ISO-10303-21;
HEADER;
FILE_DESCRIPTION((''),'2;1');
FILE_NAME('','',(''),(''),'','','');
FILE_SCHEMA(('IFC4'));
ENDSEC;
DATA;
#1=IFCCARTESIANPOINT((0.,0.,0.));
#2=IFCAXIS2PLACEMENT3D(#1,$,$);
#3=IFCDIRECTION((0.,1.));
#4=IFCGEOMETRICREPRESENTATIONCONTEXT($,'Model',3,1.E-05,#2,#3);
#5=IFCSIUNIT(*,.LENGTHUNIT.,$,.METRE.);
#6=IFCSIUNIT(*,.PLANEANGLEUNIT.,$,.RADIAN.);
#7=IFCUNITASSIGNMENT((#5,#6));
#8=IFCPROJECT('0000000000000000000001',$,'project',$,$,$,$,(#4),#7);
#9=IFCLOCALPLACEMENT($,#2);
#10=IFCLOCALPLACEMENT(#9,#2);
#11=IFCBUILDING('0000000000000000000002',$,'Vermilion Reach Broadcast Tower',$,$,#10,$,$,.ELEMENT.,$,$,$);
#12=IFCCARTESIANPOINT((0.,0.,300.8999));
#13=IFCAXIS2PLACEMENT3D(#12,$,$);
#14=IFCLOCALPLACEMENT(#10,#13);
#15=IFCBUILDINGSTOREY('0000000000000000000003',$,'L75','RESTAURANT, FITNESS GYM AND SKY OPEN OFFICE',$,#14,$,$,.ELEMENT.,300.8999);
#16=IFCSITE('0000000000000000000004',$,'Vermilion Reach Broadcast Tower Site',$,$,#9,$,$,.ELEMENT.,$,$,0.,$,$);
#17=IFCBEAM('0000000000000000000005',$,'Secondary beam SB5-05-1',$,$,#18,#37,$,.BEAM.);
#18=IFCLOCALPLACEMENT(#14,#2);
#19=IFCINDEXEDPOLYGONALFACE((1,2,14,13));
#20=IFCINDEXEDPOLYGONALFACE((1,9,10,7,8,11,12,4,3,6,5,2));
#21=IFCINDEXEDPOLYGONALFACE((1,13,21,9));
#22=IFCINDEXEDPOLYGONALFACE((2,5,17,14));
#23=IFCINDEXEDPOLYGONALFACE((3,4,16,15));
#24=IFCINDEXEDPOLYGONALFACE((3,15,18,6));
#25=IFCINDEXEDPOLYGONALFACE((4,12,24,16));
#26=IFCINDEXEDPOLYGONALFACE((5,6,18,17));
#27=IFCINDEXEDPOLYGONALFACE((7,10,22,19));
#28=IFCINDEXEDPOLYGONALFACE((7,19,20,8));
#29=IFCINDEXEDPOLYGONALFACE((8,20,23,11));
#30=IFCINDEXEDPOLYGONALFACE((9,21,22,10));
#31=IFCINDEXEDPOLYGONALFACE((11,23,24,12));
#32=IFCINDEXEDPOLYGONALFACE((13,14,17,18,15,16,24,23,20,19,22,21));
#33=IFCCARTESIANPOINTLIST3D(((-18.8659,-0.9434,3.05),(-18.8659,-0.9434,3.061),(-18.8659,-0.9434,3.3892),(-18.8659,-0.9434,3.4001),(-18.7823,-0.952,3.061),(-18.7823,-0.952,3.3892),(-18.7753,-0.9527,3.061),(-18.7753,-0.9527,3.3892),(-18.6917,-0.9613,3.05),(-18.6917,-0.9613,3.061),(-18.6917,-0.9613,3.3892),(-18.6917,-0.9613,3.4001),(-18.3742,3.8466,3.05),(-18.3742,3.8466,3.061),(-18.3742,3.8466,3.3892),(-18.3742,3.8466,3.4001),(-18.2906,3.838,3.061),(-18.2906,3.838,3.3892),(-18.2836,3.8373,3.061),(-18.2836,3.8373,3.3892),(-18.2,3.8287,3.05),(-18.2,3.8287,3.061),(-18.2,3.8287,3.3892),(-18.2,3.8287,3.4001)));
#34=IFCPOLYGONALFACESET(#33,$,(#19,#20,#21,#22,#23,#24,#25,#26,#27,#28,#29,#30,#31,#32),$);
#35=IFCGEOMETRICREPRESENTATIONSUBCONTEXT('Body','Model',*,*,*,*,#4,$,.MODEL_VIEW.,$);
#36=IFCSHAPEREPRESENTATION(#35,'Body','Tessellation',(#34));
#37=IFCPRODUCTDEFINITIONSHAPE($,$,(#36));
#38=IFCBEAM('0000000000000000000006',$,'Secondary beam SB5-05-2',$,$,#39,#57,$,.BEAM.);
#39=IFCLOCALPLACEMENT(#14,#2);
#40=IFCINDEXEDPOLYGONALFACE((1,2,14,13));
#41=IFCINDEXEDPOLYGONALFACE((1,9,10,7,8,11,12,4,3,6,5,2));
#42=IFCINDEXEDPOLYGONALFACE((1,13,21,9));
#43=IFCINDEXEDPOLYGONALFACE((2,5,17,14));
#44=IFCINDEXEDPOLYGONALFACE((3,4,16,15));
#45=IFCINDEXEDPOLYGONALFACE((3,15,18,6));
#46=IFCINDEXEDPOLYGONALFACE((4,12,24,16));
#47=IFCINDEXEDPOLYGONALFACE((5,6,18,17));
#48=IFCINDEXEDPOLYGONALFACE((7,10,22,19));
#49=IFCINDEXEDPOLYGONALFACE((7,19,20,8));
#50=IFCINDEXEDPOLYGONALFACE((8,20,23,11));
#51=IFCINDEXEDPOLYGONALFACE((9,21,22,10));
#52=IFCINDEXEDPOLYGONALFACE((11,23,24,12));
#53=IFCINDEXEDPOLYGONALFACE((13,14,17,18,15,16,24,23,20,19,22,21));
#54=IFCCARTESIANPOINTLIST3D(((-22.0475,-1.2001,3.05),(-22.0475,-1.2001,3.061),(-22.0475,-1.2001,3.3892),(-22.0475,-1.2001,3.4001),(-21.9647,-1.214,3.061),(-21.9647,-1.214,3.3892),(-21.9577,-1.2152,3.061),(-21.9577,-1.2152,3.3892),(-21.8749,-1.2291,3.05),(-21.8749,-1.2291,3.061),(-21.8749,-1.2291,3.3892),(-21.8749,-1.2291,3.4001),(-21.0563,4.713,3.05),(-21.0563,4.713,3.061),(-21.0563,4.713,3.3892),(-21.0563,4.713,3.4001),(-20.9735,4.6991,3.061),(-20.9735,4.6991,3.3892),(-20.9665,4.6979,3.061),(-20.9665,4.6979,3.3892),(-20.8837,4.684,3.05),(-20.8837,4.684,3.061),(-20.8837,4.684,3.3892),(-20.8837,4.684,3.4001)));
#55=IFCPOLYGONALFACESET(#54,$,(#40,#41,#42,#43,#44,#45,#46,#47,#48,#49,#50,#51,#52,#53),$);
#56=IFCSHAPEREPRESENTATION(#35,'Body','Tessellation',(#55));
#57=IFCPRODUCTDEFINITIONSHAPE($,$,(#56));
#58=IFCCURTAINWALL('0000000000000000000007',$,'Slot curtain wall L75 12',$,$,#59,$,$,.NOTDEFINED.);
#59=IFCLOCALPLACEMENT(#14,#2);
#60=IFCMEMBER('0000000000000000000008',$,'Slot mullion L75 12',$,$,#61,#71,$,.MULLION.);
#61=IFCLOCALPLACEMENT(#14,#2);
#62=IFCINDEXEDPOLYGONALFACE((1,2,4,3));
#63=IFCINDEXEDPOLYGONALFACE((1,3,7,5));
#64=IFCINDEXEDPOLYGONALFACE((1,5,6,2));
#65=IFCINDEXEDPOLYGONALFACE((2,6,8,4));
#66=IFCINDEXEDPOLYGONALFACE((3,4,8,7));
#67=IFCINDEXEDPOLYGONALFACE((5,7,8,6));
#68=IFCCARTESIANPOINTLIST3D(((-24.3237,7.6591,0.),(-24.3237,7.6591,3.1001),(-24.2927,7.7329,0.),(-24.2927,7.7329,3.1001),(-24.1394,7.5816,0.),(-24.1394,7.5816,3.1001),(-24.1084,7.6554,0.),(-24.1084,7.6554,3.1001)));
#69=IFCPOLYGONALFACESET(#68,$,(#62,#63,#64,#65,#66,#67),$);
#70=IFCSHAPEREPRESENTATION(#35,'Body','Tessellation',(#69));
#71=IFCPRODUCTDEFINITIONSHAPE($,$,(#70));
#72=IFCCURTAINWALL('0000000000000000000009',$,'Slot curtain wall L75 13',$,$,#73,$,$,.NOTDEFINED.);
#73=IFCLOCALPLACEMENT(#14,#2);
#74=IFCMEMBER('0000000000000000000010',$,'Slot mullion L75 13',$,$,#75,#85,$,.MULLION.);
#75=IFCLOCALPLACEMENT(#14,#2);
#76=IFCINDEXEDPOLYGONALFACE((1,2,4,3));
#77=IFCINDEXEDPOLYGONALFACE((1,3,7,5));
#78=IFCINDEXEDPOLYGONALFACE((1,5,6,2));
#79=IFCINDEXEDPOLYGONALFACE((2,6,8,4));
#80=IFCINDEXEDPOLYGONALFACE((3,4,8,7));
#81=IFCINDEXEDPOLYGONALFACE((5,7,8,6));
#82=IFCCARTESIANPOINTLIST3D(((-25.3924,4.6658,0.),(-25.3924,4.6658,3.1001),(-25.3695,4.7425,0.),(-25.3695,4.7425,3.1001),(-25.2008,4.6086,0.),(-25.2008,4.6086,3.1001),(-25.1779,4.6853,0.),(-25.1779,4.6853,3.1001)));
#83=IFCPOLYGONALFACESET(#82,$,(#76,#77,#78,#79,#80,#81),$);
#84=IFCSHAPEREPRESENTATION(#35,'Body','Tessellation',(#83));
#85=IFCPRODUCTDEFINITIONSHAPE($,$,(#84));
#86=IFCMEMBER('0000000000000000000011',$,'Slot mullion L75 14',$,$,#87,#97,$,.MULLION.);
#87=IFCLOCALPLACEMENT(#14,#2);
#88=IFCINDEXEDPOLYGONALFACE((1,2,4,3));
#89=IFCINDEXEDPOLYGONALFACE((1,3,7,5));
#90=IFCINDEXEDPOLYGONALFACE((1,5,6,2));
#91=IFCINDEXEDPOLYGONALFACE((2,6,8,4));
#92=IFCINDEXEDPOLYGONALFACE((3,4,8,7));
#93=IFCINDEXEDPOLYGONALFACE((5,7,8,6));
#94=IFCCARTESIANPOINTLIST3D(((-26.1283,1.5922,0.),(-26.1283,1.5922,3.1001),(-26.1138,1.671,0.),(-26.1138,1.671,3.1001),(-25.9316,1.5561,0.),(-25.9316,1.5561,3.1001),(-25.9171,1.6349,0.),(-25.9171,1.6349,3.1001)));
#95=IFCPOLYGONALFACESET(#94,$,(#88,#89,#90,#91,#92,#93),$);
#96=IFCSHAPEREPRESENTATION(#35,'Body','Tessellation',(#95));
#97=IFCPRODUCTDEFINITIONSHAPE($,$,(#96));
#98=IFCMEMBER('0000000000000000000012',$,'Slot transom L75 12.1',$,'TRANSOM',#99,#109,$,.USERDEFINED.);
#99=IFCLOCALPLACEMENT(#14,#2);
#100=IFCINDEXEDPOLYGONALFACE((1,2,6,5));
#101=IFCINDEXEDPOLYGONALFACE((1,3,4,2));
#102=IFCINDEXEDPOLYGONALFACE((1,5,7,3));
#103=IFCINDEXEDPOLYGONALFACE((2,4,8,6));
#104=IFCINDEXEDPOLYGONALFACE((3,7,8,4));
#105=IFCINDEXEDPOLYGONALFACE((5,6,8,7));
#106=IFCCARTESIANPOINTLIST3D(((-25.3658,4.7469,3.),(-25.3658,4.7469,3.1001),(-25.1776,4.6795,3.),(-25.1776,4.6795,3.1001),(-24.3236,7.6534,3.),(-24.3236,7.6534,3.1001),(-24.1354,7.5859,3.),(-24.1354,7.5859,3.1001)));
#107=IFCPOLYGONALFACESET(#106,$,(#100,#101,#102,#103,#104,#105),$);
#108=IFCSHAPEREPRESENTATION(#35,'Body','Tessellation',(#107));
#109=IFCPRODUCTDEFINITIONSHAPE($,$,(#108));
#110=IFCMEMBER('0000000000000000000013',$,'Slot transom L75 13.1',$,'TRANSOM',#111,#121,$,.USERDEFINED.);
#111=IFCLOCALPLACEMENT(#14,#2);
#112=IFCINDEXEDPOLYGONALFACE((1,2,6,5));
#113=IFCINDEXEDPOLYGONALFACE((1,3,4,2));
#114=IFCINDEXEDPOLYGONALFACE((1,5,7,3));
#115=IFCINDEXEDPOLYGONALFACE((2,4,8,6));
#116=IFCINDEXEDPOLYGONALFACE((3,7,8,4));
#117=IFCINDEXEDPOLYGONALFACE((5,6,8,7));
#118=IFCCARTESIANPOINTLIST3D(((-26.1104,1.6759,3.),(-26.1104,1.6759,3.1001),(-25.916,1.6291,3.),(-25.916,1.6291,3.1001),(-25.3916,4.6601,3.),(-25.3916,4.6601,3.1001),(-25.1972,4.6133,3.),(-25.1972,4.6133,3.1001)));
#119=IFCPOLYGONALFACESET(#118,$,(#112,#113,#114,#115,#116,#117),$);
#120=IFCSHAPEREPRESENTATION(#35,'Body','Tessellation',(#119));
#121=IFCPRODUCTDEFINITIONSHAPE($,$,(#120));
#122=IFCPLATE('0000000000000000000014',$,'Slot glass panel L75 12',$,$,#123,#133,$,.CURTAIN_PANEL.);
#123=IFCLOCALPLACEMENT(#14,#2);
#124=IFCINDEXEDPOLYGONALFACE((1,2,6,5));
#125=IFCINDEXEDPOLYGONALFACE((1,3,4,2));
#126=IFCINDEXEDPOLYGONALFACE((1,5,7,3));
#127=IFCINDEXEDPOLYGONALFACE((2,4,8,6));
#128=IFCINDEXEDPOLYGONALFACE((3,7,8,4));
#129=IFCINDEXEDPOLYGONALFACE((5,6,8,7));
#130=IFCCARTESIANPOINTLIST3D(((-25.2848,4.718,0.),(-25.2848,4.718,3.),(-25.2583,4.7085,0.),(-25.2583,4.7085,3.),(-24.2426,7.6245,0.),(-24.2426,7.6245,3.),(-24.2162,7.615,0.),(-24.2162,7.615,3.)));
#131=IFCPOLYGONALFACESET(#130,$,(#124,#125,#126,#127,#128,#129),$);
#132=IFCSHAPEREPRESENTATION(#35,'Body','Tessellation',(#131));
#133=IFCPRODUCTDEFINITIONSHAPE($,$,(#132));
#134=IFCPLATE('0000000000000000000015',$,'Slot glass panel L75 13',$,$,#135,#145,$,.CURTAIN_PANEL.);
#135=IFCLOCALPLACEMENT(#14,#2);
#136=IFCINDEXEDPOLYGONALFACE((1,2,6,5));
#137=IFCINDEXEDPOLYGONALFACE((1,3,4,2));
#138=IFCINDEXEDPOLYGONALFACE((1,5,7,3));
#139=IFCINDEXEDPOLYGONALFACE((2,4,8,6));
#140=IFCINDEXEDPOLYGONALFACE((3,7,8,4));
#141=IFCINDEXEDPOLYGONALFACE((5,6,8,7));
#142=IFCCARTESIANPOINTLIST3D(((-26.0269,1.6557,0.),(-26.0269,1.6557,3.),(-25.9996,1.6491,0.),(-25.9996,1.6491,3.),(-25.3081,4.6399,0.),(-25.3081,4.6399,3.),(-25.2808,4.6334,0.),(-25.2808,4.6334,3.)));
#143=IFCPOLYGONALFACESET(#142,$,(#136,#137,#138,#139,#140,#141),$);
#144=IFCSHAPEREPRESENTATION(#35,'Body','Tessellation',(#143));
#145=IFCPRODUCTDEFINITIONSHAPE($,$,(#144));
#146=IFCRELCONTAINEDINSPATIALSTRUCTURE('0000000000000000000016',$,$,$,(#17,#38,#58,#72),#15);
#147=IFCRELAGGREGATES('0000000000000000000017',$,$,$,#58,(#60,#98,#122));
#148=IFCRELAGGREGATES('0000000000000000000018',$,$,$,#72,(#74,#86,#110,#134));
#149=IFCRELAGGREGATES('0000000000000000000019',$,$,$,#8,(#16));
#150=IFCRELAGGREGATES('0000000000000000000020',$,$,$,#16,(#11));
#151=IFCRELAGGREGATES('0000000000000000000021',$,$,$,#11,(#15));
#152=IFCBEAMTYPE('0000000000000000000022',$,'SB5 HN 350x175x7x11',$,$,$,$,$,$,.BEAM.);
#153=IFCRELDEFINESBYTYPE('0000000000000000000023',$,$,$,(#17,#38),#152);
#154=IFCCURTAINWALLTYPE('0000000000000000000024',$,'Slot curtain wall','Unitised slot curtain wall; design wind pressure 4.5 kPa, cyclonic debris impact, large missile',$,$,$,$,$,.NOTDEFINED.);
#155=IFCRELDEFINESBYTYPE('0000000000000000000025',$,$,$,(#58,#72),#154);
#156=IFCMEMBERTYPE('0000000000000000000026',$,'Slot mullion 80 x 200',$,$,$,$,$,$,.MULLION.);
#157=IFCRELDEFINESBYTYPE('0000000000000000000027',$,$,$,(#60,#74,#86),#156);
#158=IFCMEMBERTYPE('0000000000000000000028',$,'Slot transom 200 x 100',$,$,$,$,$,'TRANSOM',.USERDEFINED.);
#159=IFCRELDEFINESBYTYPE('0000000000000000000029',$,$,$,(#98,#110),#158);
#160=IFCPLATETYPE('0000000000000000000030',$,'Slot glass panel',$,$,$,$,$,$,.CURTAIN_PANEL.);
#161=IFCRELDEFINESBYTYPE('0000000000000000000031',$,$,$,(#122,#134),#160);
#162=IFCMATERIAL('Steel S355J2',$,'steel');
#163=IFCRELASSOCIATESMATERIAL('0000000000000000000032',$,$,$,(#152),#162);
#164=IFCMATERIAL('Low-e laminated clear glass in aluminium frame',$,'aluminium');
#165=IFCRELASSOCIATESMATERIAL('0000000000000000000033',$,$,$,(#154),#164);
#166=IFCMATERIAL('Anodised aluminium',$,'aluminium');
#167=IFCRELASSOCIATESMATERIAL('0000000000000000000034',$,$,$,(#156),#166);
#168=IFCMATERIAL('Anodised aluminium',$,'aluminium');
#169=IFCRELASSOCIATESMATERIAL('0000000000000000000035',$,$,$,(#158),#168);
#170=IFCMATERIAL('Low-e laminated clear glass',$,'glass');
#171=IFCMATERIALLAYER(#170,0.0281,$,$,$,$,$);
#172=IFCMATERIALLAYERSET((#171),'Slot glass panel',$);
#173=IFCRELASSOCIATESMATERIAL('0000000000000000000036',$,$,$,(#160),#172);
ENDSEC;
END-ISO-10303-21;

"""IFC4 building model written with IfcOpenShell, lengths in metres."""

from ifc_helpers import new_model, si_unit, direction, frame, origin, origin_2d, place, context, subcontext, project, spatial, rectangle, i_section, extrude, material, layer, layer_set, material_profile, profile_set, type_object, element, aggregate, save


model = new_model("IFC4")

# Units and contexts
model_context = context("Model", 3, precision=1e-05, world=origin(), true_north=direction((0.0, 1.0)))
body_context = subcontext(model_context, "Body", "Model", "MODEL_VIEW")
ifc_project = project(units=[si_unit("LENGTHUNIT", "METRE"), si_unit("PLANEANGLEUNIT", "RADIAN")], contexts=[model_context])

# Site, building, storey
site_placement = place(None, origin())
site = spatial("IfcSite", under=ifc_project, at=site_placement, Name="Vermilion Reach Broadcast Tower Site", CompositionType="ELEMENT", RefElevation=0.0)
building_placement = place(site_placement, origin())
building = spatial("IfcBuilding", under=site, at=building_placement, Name="Vermilion Reach Broadcast Tower", CompositionType="ELEMENT")
storey_placement = place(building_placement, frame((0.0, 0.0, 300.8999)))
storey = spatial("IfcBuildingStorey", under=building, at=storey_placement, Name="L75", Description="RESTAURANT, FITNESS GYM AND SKY OPEN OFFICE", CompositionType="ELEMENT", Elevation=300.8999)

# Beams
ifc_material_1 = material(Name="Steel S355J2", Category="steel")
ifc_material_profile_1 = material_profile(ifc_material_1, i_section(OverallWidth=0.175, OverallDepth=0.3501, WebThickness=0.0071, FlangeThickness=0.011, at=origin_2d()), Name="S355J2 HN 350x175x7x11")
ifc_profile_set_1 = profile_set([ifc_material_profile_1], Name="Steel S355J2")
beam_type_1 = type_object("IfcBeamType", Name="SB5 HN 350x175x7x11", PredefinedType="BEAM", material=ifc_profile_set_1)
beam_1_placement = place(storey_placement, frame((-18.2871, 3.8376, 3.2251), z_axis=(-0.102114, -0.994773, 0.0), x_axis=(0.994773, -0.102114, 0.0)))
element("IfcBeam", 1, at=beam_1_placement, inside=storey, type_object=beam_type_1, Name="Secondary beam SB5-05-1", PredefinedType="BEAM", context=body_context, shape_type="SweptSolid", body=[
    extrude(i_section(OverallWidth=0.175, OverallDepth=0.3501, WebThickness=0.0071, FlangeThickness=0.011, at=origin_2d()), origin(), (0.0, 0.0, 1.0), 4.8152),
])
beam_2_placement = place(storey_placement, frame((-20.97, 4.6985, 3.2251), z_axis=(-0.165323, -0.986239, 0.0), x_axis=(0.986239, -0.165323, 0.0)))
element("IfcBeam", 2, at=beam_2_placement, inside=storey, type_object=beam_type_1, Name="Secondary beam SB5-05-2", PredefinedType="BEAM", context=body_context, shape_type="SweptSolid", body=[
    extrude(i_section(OverallWidth=0.175, OverallDepth=0.3501, WebThickness=0.0071, FlangeThickness=0.011, at=origin_2d()), origin(), (0.0, 0.0, 1.0), 5.9956),
])

# Curtain wall, member
ifc_material_2 = material(Name="Low-e laminated clear glass in aluminium frame", Category="aluminium")
curtain_wall_type = type_object("IfcCurtainWallType", Name="Slot curtain wall", Description="Unitised slot curtain wall; design wind pressure 4.5 kPa, cyclonic debris impact, large missile", PredefinedType="NOTDEFINED", material=ifc_material_2)
placement = place(storey_placement, origin())
curtain_wall_1 = element("IfcCurtainWall", 3, at=placement, inside=storey, type_object=curtain_wall_type, Name="Slot curtain wall L75 12", PredefinedType="NOTDEFINED")
ifc_material_3 = material(Name="Anodised aluminium", Category="aluminium")
ifc_material_profile_2 = material_profile(ifc_material_3, rectangle(XDim=0.2, YDim=0.0801, at=origin_2d()), Name="Slot mullion 80 x 200")
ifc_profile_set_2 = profile_set([ifc_material_profile_2], Name="Anodised aluminium")
member_type_1 = type_object("IfcMemberType", Name="Slot mullion 80 x 200", PredefinedType="MULLION", material=ifc_profile_set_2)
member_1_placement = place(storey_placement, frame((-24.2161, 7.6572, 0.0), z_axis=(0.0, 0.0, 1.0), x_axis=(0.921863, -0.387516, 0.0)))
member_1 = element("IfcMember", 4, at=member_1_placement, type_object=member_type_1, Name="Slot mullion L75 12", PredefinedType="MULLION", context=body_context, shape_type="SweptSolid", body=[
    extrude(rectangle(XDim=0.2, YDim=0.0801, at=origin_2d()), origin(), (0.0, 0.0, 1.0), 3.1001),
])

# Curtain wall, members
curtain_wall_2 = element("IfcCurtainWall", 5, at=placement, inside=storey, type_object=curtain_wall_type, Name="Slot curtain wall L75 13", PredefinedType="NOTDEFINED")
member_2_placement = place(storey_placement, frame((-25.2852, 4.6755, 0.0), z_axis=(0.0, 0.0, 1.0), x_axis=(0.958152, -0.286258, 0.0)))
member_2 = element("IfcMember", 6, at=member_2_placement, type_object=member_type_1, Name="Slot mullion L75 13", PredefinedType="MULLION", context=body_context, shape_type="SweptSolid", body=[
    extrude(rectangle(XDim=0.2, YDim=0.0801, at=origin_2d()), origin(), (0.0, 0.0, 1.0), 3.1001),
])
member_3_placement = place(storey_placement, frame((-26.0227, 1.6135, 0.0), z_axis=(0.0, 0.0, 1.0), x_axis=(0.983575, -0.180502, 0.0)))
member_3 = element("IfcMember", 7, at=member_3_placement, type_object=member_type_1, Name="Slot mullion L75 14", PredefinedType="MULLION", context=body_context, shape_type="SweptSolid", body=[
    extrude(rectangle(XDim=0.2, YDim=0.0801, at=origin_2d()), origin(), (0.0, 0.0, 1.0), 3.1001),
])

# Members
ifc_material_4 = material(Name="Anodised aluminium", Category="aluminium")
ifc_material_profile_3 = material_profile(ifc_material_4, rectangle(XDim=0.2, YDim=0.1001, at=origin_2d()), Name="Slot transom 200 x 100")
ifc_profile_set_3 = profile_set([ifc_material_profile_3], Name="Anodised aluminium")
member_type_2 = type_object("IfcMemberType", Name="Slot transom 200 x 100", ElementType="TRANSOM", PredefinedType="USERDEFINED", material=ifc_profile_set_3)
member_4_placement = place(storey_placement, frame((-24.2295, 7.6196, 3.05), z_axis=(-0.337543, -0.94131, 0.0), x_axis=(0.94131, -0.337543, 0.0)))
member_4 = element("IfcMember", 8, at=member_4_placement, type_object=member_type_2, Name="Slot transom L75 12.1", ObjectType="TRANSOM", PredefinedType="USERDEFINED", context=body_context, shape_type="SweptSolid", body=[
    extrude(rectangle(XDim=0.2, YDim=0.1001, at=origin_2d()), origin(), (0.0, 0.0, 1.0), 3.0876),
])
member_5_placement = place(storey_placement, frame((-25.2944, 4.6367, 3.05), z_axis=(-0.234161, -0.972198, 0.0), x_axis=(0.972198, -0.234161, 0.0)))
member_5 = element("IfcMember", 9, at=member_5_placement, type_object=member_type_2, Name="Slot transom L75 13.1", ObjectType="TRANSOM", PredefinedType="USERDEFINED", context=body_context, shape_type="SweptSolid", body=[
    extrude(rectangle(XDim=0.2, YDim=0.1001, at=origin_2d()), origin(), (0.0, 0.0, 1.0), 3.0696),
])

# Plates
ifc_material_5 = material(Name="Low-e laminated clear glass", Category="glass")
ifc_layer_1 = layer(ifc_material_5, 0.0281)
ifc_layer_set_1 = layer_set([ifc_layer_1], Name="Slot glass panel")
plate_type = type_object("IfcPlateType", Name="Slot glass panel", PredefinedType="CURTAIN_PANEL", material=ifc_layer_set_1)
plate_1_placement = place(storey_placement, frame((-24.7505, 6.1665, 0.0), z_axis=(0.0, 0.0, 1.0), x_axis=(-0.337517, -0.941319, 0.0)))
plate_1 = element("IfcPlate", 10, at=plate_1_placement, type_object=plate_type, Name="Slot glass panel L75 12", PredefinedType="CURTAIN_PANEL", context=body_context, shape_type="SweptSolid", body=[
    extrude(rectangle(XDim=3.0876, YDim=0.0281, at=origin_2d()), origin(), (0.0, 0.0, 1.0), 3.0),
])
aggregate(curtain_wall_1, [member_1, member_4, plate_1])
plate_2_placement = place(storey_placement, frame((-25.6538, 3.1445, 0.0), z_axis=(0.0, 0.0, 1.0), x_axis=(-0.234166, -0.972197, 0.0)))
plate_2 = element("IfcPlate", 11, at=plate_2_placement, type_object=plate_type, Name="Slot glass panel L75 13", PredefinedType="CURTAIN_PANEL", context=body_context, shape_type="SweptSolid", body=[
    extrude(rectangle(XDim=3.0696, YDim=0.0281, at=origin_2d()), origin(), (0.0, 0.0, 1.0), 3.0),
])
aggregate(curtain_wall_2, [member_2, member_3, member_5, plate_2])

save(model, "model.ifc")
